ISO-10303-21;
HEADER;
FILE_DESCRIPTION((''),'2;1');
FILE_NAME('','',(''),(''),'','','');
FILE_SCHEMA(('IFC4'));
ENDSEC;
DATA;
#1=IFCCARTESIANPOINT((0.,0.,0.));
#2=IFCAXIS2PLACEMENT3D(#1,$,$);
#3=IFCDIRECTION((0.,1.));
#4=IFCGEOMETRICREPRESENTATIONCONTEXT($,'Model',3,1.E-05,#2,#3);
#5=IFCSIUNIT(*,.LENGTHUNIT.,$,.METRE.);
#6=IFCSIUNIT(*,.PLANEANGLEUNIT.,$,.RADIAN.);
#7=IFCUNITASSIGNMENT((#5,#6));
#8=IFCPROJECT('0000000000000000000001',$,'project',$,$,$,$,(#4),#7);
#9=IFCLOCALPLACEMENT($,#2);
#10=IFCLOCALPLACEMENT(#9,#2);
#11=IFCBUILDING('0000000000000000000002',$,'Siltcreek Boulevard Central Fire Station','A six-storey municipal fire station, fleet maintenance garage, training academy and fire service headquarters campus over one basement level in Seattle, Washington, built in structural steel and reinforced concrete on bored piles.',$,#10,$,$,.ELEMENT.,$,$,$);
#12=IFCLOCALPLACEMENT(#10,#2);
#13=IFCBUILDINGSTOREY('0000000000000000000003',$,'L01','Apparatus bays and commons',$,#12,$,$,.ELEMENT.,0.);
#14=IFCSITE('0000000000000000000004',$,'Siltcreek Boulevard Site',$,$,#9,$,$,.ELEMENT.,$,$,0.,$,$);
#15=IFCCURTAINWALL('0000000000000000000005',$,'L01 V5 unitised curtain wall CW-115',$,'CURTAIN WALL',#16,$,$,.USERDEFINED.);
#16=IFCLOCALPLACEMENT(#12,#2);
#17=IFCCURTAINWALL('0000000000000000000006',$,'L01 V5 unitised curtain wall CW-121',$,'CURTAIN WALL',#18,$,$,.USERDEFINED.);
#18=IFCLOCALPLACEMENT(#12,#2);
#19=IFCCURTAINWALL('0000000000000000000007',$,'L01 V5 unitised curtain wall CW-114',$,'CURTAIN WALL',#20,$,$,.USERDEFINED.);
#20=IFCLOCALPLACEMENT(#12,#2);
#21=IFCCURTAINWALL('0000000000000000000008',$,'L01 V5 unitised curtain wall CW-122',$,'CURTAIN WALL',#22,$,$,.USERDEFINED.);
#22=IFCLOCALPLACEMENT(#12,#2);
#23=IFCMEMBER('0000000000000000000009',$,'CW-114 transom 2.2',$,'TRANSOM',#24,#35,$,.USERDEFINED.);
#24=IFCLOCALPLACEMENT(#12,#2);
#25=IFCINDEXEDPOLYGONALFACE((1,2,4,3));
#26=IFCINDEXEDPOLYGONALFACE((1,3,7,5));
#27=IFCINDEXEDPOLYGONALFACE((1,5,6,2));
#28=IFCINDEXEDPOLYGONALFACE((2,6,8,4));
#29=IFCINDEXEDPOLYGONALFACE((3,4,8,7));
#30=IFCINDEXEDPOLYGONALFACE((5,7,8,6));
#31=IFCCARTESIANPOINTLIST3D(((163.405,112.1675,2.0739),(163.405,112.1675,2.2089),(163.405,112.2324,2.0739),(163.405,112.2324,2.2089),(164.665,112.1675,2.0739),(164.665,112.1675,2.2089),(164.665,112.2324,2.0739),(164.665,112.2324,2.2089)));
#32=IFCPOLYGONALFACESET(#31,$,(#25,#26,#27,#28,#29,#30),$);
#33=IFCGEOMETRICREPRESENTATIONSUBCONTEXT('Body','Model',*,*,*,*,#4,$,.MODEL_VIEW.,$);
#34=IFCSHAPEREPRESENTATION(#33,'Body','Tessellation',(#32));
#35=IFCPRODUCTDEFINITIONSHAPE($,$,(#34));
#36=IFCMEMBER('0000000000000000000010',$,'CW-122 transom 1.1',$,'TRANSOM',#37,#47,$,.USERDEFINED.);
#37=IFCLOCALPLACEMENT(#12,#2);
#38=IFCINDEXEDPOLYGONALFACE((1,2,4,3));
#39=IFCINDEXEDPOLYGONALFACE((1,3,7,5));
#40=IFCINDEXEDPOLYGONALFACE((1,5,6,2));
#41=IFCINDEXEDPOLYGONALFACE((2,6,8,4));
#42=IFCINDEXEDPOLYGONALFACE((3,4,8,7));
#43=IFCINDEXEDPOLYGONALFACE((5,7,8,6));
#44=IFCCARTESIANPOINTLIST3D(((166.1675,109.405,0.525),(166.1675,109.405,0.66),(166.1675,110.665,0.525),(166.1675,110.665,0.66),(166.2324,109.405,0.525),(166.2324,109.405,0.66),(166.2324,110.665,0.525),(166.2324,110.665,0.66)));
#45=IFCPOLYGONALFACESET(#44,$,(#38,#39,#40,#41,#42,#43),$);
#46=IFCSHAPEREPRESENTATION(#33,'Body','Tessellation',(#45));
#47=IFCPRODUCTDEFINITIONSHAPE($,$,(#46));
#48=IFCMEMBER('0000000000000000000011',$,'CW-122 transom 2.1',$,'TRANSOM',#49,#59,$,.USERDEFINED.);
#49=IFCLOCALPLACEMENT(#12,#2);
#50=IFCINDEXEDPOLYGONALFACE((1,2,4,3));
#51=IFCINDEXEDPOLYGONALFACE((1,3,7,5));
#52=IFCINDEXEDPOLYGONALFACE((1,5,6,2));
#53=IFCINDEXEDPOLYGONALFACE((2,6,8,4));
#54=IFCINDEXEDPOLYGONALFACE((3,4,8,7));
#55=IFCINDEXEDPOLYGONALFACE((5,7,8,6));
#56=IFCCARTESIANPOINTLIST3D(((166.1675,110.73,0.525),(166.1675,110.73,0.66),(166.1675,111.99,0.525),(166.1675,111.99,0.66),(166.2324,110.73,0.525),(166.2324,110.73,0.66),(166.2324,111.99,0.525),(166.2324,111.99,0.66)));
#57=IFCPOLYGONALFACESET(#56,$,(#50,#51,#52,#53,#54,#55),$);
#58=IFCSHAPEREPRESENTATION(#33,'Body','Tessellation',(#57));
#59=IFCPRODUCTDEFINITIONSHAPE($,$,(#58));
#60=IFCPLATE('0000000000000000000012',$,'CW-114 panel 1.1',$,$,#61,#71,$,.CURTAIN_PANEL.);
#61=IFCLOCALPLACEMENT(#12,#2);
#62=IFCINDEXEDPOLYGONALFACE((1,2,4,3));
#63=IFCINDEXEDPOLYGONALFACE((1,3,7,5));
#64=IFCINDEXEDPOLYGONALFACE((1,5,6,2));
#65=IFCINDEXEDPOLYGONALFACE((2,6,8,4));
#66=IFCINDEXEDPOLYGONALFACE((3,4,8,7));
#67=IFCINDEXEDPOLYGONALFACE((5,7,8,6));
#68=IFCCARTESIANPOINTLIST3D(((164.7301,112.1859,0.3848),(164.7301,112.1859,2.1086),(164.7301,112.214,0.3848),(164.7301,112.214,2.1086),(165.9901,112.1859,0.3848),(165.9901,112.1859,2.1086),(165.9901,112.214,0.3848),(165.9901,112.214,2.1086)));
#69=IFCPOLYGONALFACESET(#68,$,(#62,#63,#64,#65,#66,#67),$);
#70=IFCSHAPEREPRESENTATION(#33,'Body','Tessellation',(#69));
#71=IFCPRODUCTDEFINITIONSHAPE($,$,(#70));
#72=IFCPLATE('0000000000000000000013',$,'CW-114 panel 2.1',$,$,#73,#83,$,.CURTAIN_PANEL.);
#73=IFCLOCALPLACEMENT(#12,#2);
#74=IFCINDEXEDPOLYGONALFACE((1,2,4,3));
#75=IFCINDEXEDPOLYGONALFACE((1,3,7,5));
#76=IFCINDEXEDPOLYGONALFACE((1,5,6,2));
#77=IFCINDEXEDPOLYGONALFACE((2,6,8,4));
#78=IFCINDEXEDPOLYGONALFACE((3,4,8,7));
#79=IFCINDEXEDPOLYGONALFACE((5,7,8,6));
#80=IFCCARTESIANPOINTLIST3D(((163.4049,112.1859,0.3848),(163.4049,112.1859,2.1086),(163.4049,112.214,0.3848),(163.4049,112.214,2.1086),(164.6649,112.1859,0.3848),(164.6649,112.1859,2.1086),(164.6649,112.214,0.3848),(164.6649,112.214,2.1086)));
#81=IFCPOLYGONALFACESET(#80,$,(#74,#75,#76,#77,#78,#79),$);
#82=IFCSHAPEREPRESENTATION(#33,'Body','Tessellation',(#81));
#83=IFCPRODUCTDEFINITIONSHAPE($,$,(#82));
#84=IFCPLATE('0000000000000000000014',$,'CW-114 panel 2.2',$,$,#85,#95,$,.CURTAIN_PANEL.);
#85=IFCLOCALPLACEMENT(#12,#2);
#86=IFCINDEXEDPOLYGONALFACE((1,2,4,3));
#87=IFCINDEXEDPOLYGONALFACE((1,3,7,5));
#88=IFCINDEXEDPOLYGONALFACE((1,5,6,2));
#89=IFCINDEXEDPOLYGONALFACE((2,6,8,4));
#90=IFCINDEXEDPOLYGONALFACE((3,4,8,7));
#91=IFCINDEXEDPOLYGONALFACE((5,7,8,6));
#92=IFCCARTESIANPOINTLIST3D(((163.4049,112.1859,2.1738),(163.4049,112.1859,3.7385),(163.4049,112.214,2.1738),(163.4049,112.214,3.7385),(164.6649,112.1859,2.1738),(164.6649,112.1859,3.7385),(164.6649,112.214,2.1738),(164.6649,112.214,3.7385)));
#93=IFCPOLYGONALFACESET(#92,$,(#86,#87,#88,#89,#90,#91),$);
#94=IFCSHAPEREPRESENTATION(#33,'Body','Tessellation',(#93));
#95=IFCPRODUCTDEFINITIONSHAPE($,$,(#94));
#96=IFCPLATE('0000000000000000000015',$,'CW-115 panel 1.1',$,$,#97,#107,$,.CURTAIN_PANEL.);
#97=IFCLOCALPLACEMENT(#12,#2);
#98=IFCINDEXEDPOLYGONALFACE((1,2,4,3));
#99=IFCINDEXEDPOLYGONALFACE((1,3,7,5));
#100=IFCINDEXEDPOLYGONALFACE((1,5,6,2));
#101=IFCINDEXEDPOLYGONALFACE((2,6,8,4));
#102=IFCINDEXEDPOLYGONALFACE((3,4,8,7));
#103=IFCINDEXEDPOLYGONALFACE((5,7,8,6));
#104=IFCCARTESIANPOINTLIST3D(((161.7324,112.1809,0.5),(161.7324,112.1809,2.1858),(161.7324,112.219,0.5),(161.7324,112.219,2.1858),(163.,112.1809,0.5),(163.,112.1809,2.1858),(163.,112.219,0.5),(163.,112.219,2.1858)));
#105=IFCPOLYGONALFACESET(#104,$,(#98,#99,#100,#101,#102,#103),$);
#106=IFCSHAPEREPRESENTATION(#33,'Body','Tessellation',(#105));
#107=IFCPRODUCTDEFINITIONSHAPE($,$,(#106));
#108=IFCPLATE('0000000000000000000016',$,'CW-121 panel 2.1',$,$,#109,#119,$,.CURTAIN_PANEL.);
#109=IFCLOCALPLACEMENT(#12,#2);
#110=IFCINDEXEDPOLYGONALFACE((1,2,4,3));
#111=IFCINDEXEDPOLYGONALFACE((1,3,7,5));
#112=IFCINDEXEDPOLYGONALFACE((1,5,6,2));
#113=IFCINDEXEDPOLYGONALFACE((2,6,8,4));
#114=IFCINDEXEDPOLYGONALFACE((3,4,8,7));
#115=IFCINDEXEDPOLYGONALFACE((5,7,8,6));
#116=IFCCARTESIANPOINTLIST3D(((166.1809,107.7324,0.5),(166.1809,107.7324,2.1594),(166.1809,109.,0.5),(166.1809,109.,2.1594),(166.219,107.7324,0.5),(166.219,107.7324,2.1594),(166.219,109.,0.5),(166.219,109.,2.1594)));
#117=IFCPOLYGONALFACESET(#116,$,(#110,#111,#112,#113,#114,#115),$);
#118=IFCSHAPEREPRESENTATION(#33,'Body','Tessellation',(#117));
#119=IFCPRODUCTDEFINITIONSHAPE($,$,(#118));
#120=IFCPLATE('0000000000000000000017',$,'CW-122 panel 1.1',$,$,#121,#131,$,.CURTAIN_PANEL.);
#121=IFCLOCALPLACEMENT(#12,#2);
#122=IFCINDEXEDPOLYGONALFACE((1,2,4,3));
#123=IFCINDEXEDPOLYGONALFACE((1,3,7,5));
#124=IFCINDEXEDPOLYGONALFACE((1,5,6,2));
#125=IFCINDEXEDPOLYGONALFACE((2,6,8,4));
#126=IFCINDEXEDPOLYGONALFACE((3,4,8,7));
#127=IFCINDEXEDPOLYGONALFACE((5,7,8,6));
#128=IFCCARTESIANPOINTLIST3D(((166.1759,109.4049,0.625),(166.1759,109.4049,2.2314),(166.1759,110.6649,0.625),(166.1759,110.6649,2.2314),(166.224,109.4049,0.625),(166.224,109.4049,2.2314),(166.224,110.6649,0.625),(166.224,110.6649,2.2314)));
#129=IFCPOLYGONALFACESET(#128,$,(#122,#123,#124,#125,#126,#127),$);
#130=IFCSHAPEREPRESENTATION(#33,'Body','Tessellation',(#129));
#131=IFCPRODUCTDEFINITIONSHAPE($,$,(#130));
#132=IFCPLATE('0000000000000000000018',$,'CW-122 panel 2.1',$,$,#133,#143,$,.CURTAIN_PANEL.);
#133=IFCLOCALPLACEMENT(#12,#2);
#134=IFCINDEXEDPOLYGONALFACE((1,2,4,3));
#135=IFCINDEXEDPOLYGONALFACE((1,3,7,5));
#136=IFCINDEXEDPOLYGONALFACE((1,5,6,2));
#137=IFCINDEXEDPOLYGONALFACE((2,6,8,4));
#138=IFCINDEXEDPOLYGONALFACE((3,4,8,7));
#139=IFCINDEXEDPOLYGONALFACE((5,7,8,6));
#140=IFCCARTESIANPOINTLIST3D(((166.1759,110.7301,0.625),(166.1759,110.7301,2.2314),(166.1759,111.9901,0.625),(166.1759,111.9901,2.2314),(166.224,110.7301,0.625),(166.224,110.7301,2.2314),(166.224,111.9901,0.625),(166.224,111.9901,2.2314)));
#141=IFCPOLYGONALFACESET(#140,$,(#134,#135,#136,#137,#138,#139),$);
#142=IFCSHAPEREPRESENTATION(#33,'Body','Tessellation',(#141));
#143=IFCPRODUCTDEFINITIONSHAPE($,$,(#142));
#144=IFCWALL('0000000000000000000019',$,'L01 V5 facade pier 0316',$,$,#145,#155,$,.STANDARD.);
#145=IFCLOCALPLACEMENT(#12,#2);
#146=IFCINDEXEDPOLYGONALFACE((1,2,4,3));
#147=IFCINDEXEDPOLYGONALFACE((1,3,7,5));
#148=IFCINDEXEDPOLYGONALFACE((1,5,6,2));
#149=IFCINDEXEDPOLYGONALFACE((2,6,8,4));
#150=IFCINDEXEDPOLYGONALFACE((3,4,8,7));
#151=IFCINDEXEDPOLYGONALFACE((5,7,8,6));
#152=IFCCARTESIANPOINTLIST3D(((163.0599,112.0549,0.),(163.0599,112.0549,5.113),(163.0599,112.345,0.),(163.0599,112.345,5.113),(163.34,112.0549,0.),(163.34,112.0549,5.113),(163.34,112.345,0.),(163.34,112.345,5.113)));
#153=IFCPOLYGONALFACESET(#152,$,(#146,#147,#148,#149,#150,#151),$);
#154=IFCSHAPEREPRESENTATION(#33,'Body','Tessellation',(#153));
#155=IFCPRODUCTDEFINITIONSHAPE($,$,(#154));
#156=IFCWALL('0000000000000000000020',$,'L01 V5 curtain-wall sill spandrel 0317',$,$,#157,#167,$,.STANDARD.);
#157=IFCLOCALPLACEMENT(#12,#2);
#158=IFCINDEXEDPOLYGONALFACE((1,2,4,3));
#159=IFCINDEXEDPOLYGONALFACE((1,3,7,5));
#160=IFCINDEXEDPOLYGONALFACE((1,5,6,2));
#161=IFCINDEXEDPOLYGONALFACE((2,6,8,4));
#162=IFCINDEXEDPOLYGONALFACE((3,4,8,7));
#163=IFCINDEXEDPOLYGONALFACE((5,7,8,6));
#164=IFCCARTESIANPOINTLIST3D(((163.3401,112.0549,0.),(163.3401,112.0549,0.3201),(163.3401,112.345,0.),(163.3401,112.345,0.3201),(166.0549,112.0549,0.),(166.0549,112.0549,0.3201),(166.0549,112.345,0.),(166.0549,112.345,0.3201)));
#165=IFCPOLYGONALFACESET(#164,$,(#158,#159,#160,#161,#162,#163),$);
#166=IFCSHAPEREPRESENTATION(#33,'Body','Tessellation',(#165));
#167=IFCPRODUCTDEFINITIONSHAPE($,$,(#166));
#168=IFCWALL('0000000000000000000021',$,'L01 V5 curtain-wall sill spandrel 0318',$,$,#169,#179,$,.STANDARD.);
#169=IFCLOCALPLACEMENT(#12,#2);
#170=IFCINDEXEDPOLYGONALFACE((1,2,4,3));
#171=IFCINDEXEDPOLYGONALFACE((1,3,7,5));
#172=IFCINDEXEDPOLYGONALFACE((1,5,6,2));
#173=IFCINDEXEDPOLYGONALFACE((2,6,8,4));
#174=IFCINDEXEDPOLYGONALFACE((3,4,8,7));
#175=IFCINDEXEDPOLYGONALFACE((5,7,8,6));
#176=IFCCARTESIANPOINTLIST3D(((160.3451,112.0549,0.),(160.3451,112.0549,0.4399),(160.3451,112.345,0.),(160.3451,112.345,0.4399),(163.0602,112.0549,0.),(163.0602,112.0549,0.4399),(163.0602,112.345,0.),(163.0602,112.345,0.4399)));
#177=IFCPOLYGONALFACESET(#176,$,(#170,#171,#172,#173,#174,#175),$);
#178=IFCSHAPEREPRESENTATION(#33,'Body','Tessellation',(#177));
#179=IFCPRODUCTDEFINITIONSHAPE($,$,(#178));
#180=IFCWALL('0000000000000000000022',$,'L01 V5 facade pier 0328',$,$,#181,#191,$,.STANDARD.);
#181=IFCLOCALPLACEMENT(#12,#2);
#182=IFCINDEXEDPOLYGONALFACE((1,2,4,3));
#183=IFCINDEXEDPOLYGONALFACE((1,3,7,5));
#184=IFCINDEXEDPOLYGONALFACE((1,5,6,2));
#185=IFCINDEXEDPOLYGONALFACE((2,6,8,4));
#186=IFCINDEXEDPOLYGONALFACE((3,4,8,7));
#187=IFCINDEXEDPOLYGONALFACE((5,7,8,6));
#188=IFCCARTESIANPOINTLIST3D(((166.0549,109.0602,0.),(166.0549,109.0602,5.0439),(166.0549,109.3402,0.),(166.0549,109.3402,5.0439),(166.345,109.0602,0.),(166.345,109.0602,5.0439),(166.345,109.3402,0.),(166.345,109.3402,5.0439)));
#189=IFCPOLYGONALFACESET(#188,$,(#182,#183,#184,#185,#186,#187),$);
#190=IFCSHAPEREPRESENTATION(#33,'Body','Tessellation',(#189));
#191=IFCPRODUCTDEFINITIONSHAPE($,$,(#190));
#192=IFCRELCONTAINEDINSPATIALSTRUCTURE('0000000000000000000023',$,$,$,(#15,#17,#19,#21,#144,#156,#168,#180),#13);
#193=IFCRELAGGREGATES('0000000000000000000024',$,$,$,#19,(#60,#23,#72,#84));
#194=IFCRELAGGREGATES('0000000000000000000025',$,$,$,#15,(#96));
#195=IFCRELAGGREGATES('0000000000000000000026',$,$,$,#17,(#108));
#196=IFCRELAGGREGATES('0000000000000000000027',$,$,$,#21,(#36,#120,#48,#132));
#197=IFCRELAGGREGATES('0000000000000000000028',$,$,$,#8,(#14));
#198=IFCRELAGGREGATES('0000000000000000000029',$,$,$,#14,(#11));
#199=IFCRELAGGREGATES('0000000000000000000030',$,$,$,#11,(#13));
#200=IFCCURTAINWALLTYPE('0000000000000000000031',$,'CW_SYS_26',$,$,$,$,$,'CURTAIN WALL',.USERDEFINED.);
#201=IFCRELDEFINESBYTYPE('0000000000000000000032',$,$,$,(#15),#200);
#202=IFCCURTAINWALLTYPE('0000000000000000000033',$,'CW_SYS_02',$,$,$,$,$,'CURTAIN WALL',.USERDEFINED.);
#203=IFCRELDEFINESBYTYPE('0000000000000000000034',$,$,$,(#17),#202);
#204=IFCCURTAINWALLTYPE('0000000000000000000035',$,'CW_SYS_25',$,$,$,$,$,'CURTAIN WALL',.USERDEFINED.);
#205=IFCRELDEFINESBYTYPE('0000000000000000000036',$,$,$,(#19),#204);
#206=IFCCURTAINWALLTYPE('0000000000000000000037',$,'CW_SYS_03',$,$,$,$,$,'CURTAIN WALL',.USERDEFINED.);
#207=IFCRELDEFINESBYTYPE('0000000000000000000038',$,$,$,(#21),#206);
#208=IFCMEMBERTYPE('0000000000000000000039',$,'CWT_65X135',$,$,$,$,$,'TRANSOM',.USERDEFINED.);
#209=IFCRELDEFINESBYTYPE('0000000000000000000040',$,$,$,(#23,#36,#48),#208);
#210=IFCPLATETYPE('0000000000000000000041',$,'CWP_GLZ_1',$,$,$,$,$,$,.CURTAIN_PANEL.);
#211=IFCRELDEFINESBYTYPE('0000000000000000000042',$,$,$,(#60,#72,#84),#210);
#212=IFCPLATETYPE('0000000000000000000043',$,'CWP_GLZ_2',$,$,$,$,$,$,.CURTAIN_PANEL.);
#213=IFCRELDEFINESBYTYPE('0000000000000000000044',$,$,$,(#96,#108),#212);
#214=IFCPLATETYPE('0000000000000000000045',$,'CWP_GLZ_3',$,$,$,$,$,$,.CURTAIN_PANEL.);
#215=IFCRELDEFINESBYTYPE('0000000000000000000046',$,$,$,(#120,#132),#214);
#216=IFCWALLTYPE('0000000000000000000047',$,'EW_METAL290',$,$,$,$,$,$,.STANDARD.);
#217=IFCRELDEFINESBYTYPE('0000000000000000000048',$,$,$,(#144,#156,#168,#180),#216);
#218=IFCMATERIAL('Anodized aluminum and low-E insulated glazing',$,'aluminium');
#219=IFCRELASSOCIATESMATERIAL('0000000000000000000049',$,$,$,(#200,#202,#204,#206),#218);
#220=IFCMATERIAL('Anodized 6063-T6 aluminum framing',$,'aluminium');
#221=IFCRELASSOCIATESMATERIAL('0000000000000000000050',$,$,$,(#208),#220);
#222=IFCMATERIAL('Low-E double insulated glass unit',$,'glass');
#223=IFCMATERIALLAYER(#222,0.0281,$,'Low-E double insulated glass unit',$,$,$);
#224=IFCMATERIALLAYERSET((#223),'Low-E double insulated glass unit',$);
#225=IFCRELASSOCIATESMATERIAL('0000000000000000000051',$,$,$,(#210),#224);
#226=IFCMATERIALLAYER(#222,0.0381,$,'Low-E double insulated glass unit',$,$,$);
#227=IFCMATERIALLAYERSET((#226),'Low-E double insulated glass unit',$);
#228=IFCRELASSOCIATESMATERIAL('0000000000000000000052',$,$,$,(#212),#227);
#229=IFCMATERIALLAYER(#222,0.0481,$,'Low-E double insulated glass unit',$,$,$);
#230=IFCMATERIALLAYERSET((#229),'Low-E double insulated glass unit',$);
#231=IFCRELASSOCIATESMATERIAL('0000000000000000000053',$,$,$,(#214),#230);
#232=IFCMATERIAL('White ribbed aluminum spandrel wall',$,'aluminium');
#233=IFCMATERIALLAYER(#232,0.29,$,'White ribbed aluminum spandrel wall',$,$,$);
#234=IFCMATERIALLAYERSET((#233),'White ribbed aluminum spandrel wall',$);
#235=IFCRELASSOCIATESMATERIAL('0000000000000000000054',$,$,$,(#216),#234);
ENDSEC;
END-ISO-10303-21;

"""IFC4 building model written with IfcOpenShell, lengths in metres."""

from ifc_helpers import new_model, si_unit, direction, frame, frame_2d, origin, origin_2d, place, context, subcontext, project, spatial, rectangle, extrude, material, layer, layer_set, material_profile, profile_set, type_object, element, aggregate, save


model = new_model("IFC4")

# Units and contexts
model_context = context("Model", 3, precision=1e-05, world=origin(), true_north=direction((0.0, 1.0)))
body_context = subcontext(model_context, "Body", "Model", "MODEL_VIEW")
ifc_project = project(units=[si_unit("LENGTHUNIT", "METRE"), si_unit("PLANEANGLEUNIT", "RADIAN")], contexts=[model_context])

# Site, building, storey
site_placement = place(None, origin())
site = spatial("IfcSite", under=ifc_project, at=site_placement, Name="Siltcreek Boulevard Site", CompositionType="ELEMENT", RefElevation=0.0)
building_placement = place(site_placement, origin())
building = spatial("IfcBuilding", under=site, at=building_placement, Name="Siltcreek Boulevard Central Fire Station", Description="A six-storey municipal fire station, fleet maintenance garage, training academy and fire service headquarters campus over one basement level in Seattle, Washington, built in structural steel and reinforced concrete on bored piles.", CompositionType="ELEMENT")
storey_placement = place(building_placement, origin())
storey = spatial("IfcBuildingStorey", under=building, at=storey_placement, Name="L01", Description="Apparatus bays and commons", CompositionType="ELEMENT", Elevation=0.0)

# Curtain walls
ifc_material_1 = material(Name="Anodized aluminum and low-E insulated glazing", Category="aluminium")
curtain_wall_type_1 = type_object("IfcCurtainWallType", Name="CW_SYS_26", ElementType="CURTAIN WALL", PredefinedType="USERDEFINED", material=ifc_material_1)
curtain_wall_1_placement = place(storey_placement, origin())
curtain_wall_1 = element("IfcCurtainWall", 1, at=curtain_wall_1_placement, inside=storey, type_object=curtain_wall_type_1, Name="L01 V5 unitised curtain wall CW-115", ObjectType="CURTAIN WALL", PredefinedType="USERDEFINED")
ifc_material_2 = material(Name="Anodized 6063-T6 aluminum framing", Category="aluminium")
curtain_wall_type_2 = type_object("IfcCurtainWallType", Name="CW_SYS_02", ElementType="CURTAIN WALL", PredefinedType="USERDEFINED", material=ifc_material_1)
curtain_wall_2_placement = place(storey_placement, origin())
curtain_wall_2 = element("IfcCurtainWall", 2, at=curtain_wall_2_placement, inside=storey, type_object=curtain_wall_type_2, Name="L01 V5 unitised curtain wall CW-121", ObjectType="CURTAIN WALL", PredefinedType="USERDEFINED")

# Curtain walls
curtain_wall_type_3 = type_object("IfcCurtainWallType", Name="CW_SYS_25", ElementType="CURTAIN WALL", PredefinedType="USERDEFINED", material=ifc_material_1)
curtain_wall_3_placement = place(storey_placement, origin())
curtain_wall_3 = element("IfcCurtainWall", 3, at=curtain_wall_3_placement, inside=storey, type_object=curtain_wall_type_3, Name="L01 V5 unitised curtain wall CW-114", ObjectType="CURTAIN WALL", PredefinedType="USERDEFINED")
curtain_wall_type_4 = type_object("IfcCurtainWallType", Name="CW_SYS_03", ElementType="CURTAIN WALL", PredefinedType="USERDEFINED", material=ifc_material_1)
curtain_wall_4_placement = place(storey_placement, origin())
curtain_wall_4 = element("IfcCurtainWall", 4, at=curtain_wall_4_placement, inside=storey, type_object=curtain_wall_type_4, Name="L01 V5 unitised curtain wall CW-122", ObjectType="CURTAIN WALL", PredefinedType="USERDEFINED")

# Members
ifc_material_profile_1 = material_profile(ifc_material_2, rectangle(XDim=0.0649, YDim=0.135, at=origin_2d()), Name="TRAN65X135")
ifc_profile_set_1 = profile_set([ifc_material_profile_1], Name="Anodized 6063-T6 aluminum framing")
member_type_1 = type_object("IfcMemberType", Name="CWT_65X135", ElementType="TRANSOM", PredefinedType="USERDEFINED", material=ifc_profile_set_1)
member_1_placement = place(storey_placement, frame((164.665, 112.2, 2.1414), z_axis=(-1.0, 0.0, 0.0), x_axis=(0.0, -1.0, 0.0)))
member_1 = element("IfcMember", 5, at=member_1_placement, type_object=member_type_1, Name="CW-114 transom 2.2", ObjectType="TRANSOM", PredefinedType="USERDEFINED", context=body_context, shape_type="SweptSolid", body=[
    extrude(rectangle(XDim=0.0649, YDim=0.135, at=origin_2d()), origin(), (0.0, 0.0, 1.0), 1.26),
])
member_2_placement = place(storey_placement, frame((166.2, 109.405, 0.5925), z_axis=(0.0, 1.0, 0.0), x_axis=(-1.0, 0.0, 0.0)))
member_2 = element("IfcMember", 6, at=member_2_placement, type_object=member_type_1, Name="CW-122 transom 1.1", ObjectType="TRANSOM", PredefinedType="USERDEFINED", context=body_context, shape_type="SweptSolid", body=[
    extrude(rectangle(XDim=0.0649, YDim=0.135, at=origin_2d()), origin(), (0.0, 0.0, 1.0), 1.26),
])
member_3_placement = place(storey_placement, frame((166.2, 110.73, 0.5925), z_axis=(0.0, 1.0, 0.0), x_axis=(-1.0, 0.0, 0.0)))
member_3 = element("IfcMember", 7, at=member_3_placement, type_object=member_type_1, Name="CW-122 transom 2.1", ObjectType="TRANSOM", PredefinedType="USERDEFINED", context=body_context, shape_type="SweptSolid", body=[
    extrude(rectangle(XDim=0.0649, YDim=0.135, at=origin_2d()), origin(), (0.0, 0.0, 1.0), 1.26),
])

# Plates
ifc_material_3 = material(Name="Low-E double insulated glass unit", Category="glass")
ifc_layer_1 = layer(ifc_material_3, 0.0281, Name="Low-E double insulated glass unit")
ifc_layer_set_1 = layer_set([ifc_layer_1], Name="Low-E double insulated glass unit")
plate_type_1 = type_object("IfcPlateType", Name="CWP_GLZ_1", PredefinedType="CURTAIN_PANEL", material=ifc_layer_set_1)
plate_1_placement = place(storey_placement, frame((165.3601, 112.2, 0.3848), z_axis=(0.0, 0.0, 1.0), x_axis=(-1.0, 0.0, 0.0)))
plate_1 = element("IfcPlate", 8, at=plate_1_placement, type_object=plate_type_1, Name="CW-114 panel 1.1", PredefinedType="CURTAIN_PANEL", context=body_context, shape_type="SweptSolid", body=[
    extrude(rectangle(XDim=1.26, YDim=0.0281, at=origin_2d()), origin(), (0.0, 0.0, 1.0), 1.7239),
])
plate_2_placement = place(storey_placement, frame((164.0349, 112.2, 0.3848), z_axis=(0.0, 0.0, 1.0), x_axis=(-1.0, 0.0, 0.0)))
plate_2 = element("IfcPlate", 9, at=plate_2_placement, type_object=plate_type_1, Name="CW-114 panel 2.1", PredefinedType="CURTAIN_PANEL", context=body_context, shape_type="SweptSolid", body=[
    extrude(rectangle(XDim=1.26, YDim=0.0281, at=origin_2d()), origin(), (0.0, 0.0, 1.0), 1.7239),
])
plate_3_placement = place(storey_placement, frame((164.0349, 112.2, 2.1738), z_axis=(0.0, 0.0, 1.0), x_axis=(-1.0, 0.0, 0.0)))
plate_3 = element("IfcPlate", 10, at=plate_3_placement, type_object=plate_type_1, Name="CW-114 panel 2.2", PredefinedType="CURTAIN_PANEL", context=body_context, shape_type="SweptSolid", body=[
    extrude(rectangle(XDim=1.26, YDim=0.0281, at=origin_2d()), origin(), (0.0, 0.0, 1.0), 1.5647),
])
aggregate(curtain_wall_3, [plate_1, member_1, plate_2, plate_3])
ifc_layer_2 = layer(ifc_material_3, 0.0381, Name="Low-E double insulated glass unit")
ifc_layer_set_2 = layer_set([ifc_layer_2], Name="Low-E double insulated glass unit")
plate_type_2 = type_object("IfcPlateType", Name="CWP_GLZ_2", PredefinedType="CURTAIN_PANEL", material=ifc_layer_set_2)
plate_4_placement = place(storey_placement, frame((162.3662, 112.2, 0.5), z_axis=(0.0, 0.0, 1.0), x_axis=(-1.0, 0.0, 0.0)))
plate_4 = element("IfcPlate", 11, at=plate_4_placement, type_object=plate_type_2, Name="CW-115 panel 1.1", PredefinedType="CURTAIN_PANEL", context=body_context, shape_type="SweptSolid", body=[
    extrude(rectangle(XDim=1.2676, YDim=0.0381, at=origin_2d()), origin(), (0.0, 0.0, 1.0), 1.6858),
])
aggregate(curtain_wall_1, [plate_4])
plate_5_placement = place(storey_placement, frame((166.2, 108.3662, 0.5), z_axis=(0.0, 0.0, 1.0), x_axis=(0.0, 1.0, 0.0)))
plate_5 = element("IfcPlate", 12, at=plate_5_placement, type_object=plate_type_2, Name="CW-121 panel 2.1", PredefinedType="CURTAIN_PANEL", context=body_context, shape_type="SweptSolid", body=[
    extrude(rectangle(XDim=1.2676, YDim=0.0381, at=origin_2d()), origin(), (0.0, 0.0, 1.0), 1.6594),
])
aggregate(curtain_wall_2, [plate_5])
ifc_layer_3 = layer(ifc_material_3, 0.0481, Name="Low-E double insulated glass unit")
ifc_layer_set_3 = layer_set([ifc_layer_3], Name="Low-E double insulated glass unit")
plate_type_3 = type_object("IfcPlateType", Name="CWP_GLZ_3", PredefinedType="CURTAIN_PANEL", material=ifc_layer_set_3)
plate_6_placement = place(storey_placement, frame((166.2, 110.0349, 0.625), z_axis=(0.0, 0.0, 1.0), x_axis=(0.0, 1.0, 0.0)))
plate_6 = element("IfcPlate", 13, at=plate_6_placement, type_object=plate_type_3, Name="CW-122 panel 1.1", PredefinedType="CURTAIN_PANEL", context=body_context, shape_type="SweptSolid", body=[
    extrude(rectangle(XDim=1.26, YDim=0.0481, at=origin_2d()), origin(), (0.0, 0.0, 1.0), 1.6064),
])
plate_7_placement = place(storey_placement, frame((166.2, 111.3601, 0.625), z_axis=(0.0, 0.0, 1.0), x_axis=(0.0, 1.0, 0.0)))
plate_7 = element("IfcPlate", 14, at=plate_7_placement, type_object=plate_type_3, Name="CW-122 panel 2.1", PredefinedType="CURTAIN_PANEL", context=body_context, shape_type="SweptSolid", body=[
    extrude(rectangle(XDim=1.26, YDim=0.0481, at=origin_2d()), origin(), (0.0, 0.0, 1.0), 1.6064),
])
aggregate(curtain_wall_4, [member_2, plate_6, member_3, plate_7])

# Walls
ifc_material_4 = material(Name="White ribbed aluminum spandrel wall", Category="aluminium")
ifc_layer_4 = layer(ifc_material_4, 0.29, Name="White ribbed aluminum spandrel wall")
ifc_layer_set_4 = layer_set([ifc_layer_4], Name="White ribbed aluminum spandrel wall")
wall_type_1 = type_object("IfcWallType", Name="EW_METAL290", PredefinedType="STANDARD", material=ifc_layer_set_4)
wall_1_placement = place(storey_placement, frame((163.3401, 112.2, 0.0), z_axis=(0.0, 0.0, 1.0), x_axis=(-1.0, 0.0, 0.0)))
element("IfcWall", 15, at=wall_1_placement, inside=storey, type_object=wall_type_1, Name="L01 V5 facade pier 0316", PredefinedType="STANDARD", context=body_context, shape_type="SweptSolid", body=[
    extrude(rectangle(XDim=0.28, YDim=0.29, at=frame_2d((0.1401, 0.0))), origin(), (0.0, 0.0, 1.0), 5.113),
])
wall_2_placement = place(storey_placement, frame((166.0549, 112.2, 0.0), z_axis=(0.0, 0.0, 1.0), x_axis=(-1.0, 0.0, 0.0)))
element("IfcWall", 16, at=wall_2_placement, inside=storey, type_object=wall_type_1, Name="L01 V5 curtain-wall sill spandrel 0317", PredefinedType="STANDARD", context=body_context, shape_type="SweptSolid", body=[
    extrude(rectangle(XDim=2.7148, YDim=0.29, at=frame_2d((1.3574, 0.0))), origin(), (0.0, 0.0, 1.0), 0.3201),
])
wall_3_placement = place(storey_placement, frame((163.0601, 112.2, 0.0), z_axis=(0.0, 0.0, 1.0), x_axis=(-1.0, 0.0, 0.0)))
element("IfcWall", 17, at=wall_3_placement, inside=storey, type_object=wall_type_1, Name="L01 V5 curtain-wall sill spandrel 0318", PredefinedType="STANDARD", context=body_context, shape_type="SweptSolid", body=[
    extrude(rectangle(XDim=2.7151, YDim=0.29, at=frame_2d((1.3574, 0.0))), origin(), (0.0, 0.0, 1.0), 0.4399),
])
wall_4_placement = place(storey_placement, frame((166.2, 109.0601, 0.0), z_axis=(0.0, 0.0, 1.0), x_axis=(0.0, 1.0, 0.0)))
element("IfcWall", 18, at=wall_4_placement, inside=storey, type_object=wall_type_1, Name="L01 V5 facade pier 0328", PredefinedType="STANDARD", context=body_context, shape_type="SweptSolid", body=[
    extrude(rectangle(XDim=0.28, YDim=0.29, at=frame_2d((0.1401, 0.0))), origin(), (0.0, 0.0, 1.0), 5.0439),
])

save(model, "model.ifc")
